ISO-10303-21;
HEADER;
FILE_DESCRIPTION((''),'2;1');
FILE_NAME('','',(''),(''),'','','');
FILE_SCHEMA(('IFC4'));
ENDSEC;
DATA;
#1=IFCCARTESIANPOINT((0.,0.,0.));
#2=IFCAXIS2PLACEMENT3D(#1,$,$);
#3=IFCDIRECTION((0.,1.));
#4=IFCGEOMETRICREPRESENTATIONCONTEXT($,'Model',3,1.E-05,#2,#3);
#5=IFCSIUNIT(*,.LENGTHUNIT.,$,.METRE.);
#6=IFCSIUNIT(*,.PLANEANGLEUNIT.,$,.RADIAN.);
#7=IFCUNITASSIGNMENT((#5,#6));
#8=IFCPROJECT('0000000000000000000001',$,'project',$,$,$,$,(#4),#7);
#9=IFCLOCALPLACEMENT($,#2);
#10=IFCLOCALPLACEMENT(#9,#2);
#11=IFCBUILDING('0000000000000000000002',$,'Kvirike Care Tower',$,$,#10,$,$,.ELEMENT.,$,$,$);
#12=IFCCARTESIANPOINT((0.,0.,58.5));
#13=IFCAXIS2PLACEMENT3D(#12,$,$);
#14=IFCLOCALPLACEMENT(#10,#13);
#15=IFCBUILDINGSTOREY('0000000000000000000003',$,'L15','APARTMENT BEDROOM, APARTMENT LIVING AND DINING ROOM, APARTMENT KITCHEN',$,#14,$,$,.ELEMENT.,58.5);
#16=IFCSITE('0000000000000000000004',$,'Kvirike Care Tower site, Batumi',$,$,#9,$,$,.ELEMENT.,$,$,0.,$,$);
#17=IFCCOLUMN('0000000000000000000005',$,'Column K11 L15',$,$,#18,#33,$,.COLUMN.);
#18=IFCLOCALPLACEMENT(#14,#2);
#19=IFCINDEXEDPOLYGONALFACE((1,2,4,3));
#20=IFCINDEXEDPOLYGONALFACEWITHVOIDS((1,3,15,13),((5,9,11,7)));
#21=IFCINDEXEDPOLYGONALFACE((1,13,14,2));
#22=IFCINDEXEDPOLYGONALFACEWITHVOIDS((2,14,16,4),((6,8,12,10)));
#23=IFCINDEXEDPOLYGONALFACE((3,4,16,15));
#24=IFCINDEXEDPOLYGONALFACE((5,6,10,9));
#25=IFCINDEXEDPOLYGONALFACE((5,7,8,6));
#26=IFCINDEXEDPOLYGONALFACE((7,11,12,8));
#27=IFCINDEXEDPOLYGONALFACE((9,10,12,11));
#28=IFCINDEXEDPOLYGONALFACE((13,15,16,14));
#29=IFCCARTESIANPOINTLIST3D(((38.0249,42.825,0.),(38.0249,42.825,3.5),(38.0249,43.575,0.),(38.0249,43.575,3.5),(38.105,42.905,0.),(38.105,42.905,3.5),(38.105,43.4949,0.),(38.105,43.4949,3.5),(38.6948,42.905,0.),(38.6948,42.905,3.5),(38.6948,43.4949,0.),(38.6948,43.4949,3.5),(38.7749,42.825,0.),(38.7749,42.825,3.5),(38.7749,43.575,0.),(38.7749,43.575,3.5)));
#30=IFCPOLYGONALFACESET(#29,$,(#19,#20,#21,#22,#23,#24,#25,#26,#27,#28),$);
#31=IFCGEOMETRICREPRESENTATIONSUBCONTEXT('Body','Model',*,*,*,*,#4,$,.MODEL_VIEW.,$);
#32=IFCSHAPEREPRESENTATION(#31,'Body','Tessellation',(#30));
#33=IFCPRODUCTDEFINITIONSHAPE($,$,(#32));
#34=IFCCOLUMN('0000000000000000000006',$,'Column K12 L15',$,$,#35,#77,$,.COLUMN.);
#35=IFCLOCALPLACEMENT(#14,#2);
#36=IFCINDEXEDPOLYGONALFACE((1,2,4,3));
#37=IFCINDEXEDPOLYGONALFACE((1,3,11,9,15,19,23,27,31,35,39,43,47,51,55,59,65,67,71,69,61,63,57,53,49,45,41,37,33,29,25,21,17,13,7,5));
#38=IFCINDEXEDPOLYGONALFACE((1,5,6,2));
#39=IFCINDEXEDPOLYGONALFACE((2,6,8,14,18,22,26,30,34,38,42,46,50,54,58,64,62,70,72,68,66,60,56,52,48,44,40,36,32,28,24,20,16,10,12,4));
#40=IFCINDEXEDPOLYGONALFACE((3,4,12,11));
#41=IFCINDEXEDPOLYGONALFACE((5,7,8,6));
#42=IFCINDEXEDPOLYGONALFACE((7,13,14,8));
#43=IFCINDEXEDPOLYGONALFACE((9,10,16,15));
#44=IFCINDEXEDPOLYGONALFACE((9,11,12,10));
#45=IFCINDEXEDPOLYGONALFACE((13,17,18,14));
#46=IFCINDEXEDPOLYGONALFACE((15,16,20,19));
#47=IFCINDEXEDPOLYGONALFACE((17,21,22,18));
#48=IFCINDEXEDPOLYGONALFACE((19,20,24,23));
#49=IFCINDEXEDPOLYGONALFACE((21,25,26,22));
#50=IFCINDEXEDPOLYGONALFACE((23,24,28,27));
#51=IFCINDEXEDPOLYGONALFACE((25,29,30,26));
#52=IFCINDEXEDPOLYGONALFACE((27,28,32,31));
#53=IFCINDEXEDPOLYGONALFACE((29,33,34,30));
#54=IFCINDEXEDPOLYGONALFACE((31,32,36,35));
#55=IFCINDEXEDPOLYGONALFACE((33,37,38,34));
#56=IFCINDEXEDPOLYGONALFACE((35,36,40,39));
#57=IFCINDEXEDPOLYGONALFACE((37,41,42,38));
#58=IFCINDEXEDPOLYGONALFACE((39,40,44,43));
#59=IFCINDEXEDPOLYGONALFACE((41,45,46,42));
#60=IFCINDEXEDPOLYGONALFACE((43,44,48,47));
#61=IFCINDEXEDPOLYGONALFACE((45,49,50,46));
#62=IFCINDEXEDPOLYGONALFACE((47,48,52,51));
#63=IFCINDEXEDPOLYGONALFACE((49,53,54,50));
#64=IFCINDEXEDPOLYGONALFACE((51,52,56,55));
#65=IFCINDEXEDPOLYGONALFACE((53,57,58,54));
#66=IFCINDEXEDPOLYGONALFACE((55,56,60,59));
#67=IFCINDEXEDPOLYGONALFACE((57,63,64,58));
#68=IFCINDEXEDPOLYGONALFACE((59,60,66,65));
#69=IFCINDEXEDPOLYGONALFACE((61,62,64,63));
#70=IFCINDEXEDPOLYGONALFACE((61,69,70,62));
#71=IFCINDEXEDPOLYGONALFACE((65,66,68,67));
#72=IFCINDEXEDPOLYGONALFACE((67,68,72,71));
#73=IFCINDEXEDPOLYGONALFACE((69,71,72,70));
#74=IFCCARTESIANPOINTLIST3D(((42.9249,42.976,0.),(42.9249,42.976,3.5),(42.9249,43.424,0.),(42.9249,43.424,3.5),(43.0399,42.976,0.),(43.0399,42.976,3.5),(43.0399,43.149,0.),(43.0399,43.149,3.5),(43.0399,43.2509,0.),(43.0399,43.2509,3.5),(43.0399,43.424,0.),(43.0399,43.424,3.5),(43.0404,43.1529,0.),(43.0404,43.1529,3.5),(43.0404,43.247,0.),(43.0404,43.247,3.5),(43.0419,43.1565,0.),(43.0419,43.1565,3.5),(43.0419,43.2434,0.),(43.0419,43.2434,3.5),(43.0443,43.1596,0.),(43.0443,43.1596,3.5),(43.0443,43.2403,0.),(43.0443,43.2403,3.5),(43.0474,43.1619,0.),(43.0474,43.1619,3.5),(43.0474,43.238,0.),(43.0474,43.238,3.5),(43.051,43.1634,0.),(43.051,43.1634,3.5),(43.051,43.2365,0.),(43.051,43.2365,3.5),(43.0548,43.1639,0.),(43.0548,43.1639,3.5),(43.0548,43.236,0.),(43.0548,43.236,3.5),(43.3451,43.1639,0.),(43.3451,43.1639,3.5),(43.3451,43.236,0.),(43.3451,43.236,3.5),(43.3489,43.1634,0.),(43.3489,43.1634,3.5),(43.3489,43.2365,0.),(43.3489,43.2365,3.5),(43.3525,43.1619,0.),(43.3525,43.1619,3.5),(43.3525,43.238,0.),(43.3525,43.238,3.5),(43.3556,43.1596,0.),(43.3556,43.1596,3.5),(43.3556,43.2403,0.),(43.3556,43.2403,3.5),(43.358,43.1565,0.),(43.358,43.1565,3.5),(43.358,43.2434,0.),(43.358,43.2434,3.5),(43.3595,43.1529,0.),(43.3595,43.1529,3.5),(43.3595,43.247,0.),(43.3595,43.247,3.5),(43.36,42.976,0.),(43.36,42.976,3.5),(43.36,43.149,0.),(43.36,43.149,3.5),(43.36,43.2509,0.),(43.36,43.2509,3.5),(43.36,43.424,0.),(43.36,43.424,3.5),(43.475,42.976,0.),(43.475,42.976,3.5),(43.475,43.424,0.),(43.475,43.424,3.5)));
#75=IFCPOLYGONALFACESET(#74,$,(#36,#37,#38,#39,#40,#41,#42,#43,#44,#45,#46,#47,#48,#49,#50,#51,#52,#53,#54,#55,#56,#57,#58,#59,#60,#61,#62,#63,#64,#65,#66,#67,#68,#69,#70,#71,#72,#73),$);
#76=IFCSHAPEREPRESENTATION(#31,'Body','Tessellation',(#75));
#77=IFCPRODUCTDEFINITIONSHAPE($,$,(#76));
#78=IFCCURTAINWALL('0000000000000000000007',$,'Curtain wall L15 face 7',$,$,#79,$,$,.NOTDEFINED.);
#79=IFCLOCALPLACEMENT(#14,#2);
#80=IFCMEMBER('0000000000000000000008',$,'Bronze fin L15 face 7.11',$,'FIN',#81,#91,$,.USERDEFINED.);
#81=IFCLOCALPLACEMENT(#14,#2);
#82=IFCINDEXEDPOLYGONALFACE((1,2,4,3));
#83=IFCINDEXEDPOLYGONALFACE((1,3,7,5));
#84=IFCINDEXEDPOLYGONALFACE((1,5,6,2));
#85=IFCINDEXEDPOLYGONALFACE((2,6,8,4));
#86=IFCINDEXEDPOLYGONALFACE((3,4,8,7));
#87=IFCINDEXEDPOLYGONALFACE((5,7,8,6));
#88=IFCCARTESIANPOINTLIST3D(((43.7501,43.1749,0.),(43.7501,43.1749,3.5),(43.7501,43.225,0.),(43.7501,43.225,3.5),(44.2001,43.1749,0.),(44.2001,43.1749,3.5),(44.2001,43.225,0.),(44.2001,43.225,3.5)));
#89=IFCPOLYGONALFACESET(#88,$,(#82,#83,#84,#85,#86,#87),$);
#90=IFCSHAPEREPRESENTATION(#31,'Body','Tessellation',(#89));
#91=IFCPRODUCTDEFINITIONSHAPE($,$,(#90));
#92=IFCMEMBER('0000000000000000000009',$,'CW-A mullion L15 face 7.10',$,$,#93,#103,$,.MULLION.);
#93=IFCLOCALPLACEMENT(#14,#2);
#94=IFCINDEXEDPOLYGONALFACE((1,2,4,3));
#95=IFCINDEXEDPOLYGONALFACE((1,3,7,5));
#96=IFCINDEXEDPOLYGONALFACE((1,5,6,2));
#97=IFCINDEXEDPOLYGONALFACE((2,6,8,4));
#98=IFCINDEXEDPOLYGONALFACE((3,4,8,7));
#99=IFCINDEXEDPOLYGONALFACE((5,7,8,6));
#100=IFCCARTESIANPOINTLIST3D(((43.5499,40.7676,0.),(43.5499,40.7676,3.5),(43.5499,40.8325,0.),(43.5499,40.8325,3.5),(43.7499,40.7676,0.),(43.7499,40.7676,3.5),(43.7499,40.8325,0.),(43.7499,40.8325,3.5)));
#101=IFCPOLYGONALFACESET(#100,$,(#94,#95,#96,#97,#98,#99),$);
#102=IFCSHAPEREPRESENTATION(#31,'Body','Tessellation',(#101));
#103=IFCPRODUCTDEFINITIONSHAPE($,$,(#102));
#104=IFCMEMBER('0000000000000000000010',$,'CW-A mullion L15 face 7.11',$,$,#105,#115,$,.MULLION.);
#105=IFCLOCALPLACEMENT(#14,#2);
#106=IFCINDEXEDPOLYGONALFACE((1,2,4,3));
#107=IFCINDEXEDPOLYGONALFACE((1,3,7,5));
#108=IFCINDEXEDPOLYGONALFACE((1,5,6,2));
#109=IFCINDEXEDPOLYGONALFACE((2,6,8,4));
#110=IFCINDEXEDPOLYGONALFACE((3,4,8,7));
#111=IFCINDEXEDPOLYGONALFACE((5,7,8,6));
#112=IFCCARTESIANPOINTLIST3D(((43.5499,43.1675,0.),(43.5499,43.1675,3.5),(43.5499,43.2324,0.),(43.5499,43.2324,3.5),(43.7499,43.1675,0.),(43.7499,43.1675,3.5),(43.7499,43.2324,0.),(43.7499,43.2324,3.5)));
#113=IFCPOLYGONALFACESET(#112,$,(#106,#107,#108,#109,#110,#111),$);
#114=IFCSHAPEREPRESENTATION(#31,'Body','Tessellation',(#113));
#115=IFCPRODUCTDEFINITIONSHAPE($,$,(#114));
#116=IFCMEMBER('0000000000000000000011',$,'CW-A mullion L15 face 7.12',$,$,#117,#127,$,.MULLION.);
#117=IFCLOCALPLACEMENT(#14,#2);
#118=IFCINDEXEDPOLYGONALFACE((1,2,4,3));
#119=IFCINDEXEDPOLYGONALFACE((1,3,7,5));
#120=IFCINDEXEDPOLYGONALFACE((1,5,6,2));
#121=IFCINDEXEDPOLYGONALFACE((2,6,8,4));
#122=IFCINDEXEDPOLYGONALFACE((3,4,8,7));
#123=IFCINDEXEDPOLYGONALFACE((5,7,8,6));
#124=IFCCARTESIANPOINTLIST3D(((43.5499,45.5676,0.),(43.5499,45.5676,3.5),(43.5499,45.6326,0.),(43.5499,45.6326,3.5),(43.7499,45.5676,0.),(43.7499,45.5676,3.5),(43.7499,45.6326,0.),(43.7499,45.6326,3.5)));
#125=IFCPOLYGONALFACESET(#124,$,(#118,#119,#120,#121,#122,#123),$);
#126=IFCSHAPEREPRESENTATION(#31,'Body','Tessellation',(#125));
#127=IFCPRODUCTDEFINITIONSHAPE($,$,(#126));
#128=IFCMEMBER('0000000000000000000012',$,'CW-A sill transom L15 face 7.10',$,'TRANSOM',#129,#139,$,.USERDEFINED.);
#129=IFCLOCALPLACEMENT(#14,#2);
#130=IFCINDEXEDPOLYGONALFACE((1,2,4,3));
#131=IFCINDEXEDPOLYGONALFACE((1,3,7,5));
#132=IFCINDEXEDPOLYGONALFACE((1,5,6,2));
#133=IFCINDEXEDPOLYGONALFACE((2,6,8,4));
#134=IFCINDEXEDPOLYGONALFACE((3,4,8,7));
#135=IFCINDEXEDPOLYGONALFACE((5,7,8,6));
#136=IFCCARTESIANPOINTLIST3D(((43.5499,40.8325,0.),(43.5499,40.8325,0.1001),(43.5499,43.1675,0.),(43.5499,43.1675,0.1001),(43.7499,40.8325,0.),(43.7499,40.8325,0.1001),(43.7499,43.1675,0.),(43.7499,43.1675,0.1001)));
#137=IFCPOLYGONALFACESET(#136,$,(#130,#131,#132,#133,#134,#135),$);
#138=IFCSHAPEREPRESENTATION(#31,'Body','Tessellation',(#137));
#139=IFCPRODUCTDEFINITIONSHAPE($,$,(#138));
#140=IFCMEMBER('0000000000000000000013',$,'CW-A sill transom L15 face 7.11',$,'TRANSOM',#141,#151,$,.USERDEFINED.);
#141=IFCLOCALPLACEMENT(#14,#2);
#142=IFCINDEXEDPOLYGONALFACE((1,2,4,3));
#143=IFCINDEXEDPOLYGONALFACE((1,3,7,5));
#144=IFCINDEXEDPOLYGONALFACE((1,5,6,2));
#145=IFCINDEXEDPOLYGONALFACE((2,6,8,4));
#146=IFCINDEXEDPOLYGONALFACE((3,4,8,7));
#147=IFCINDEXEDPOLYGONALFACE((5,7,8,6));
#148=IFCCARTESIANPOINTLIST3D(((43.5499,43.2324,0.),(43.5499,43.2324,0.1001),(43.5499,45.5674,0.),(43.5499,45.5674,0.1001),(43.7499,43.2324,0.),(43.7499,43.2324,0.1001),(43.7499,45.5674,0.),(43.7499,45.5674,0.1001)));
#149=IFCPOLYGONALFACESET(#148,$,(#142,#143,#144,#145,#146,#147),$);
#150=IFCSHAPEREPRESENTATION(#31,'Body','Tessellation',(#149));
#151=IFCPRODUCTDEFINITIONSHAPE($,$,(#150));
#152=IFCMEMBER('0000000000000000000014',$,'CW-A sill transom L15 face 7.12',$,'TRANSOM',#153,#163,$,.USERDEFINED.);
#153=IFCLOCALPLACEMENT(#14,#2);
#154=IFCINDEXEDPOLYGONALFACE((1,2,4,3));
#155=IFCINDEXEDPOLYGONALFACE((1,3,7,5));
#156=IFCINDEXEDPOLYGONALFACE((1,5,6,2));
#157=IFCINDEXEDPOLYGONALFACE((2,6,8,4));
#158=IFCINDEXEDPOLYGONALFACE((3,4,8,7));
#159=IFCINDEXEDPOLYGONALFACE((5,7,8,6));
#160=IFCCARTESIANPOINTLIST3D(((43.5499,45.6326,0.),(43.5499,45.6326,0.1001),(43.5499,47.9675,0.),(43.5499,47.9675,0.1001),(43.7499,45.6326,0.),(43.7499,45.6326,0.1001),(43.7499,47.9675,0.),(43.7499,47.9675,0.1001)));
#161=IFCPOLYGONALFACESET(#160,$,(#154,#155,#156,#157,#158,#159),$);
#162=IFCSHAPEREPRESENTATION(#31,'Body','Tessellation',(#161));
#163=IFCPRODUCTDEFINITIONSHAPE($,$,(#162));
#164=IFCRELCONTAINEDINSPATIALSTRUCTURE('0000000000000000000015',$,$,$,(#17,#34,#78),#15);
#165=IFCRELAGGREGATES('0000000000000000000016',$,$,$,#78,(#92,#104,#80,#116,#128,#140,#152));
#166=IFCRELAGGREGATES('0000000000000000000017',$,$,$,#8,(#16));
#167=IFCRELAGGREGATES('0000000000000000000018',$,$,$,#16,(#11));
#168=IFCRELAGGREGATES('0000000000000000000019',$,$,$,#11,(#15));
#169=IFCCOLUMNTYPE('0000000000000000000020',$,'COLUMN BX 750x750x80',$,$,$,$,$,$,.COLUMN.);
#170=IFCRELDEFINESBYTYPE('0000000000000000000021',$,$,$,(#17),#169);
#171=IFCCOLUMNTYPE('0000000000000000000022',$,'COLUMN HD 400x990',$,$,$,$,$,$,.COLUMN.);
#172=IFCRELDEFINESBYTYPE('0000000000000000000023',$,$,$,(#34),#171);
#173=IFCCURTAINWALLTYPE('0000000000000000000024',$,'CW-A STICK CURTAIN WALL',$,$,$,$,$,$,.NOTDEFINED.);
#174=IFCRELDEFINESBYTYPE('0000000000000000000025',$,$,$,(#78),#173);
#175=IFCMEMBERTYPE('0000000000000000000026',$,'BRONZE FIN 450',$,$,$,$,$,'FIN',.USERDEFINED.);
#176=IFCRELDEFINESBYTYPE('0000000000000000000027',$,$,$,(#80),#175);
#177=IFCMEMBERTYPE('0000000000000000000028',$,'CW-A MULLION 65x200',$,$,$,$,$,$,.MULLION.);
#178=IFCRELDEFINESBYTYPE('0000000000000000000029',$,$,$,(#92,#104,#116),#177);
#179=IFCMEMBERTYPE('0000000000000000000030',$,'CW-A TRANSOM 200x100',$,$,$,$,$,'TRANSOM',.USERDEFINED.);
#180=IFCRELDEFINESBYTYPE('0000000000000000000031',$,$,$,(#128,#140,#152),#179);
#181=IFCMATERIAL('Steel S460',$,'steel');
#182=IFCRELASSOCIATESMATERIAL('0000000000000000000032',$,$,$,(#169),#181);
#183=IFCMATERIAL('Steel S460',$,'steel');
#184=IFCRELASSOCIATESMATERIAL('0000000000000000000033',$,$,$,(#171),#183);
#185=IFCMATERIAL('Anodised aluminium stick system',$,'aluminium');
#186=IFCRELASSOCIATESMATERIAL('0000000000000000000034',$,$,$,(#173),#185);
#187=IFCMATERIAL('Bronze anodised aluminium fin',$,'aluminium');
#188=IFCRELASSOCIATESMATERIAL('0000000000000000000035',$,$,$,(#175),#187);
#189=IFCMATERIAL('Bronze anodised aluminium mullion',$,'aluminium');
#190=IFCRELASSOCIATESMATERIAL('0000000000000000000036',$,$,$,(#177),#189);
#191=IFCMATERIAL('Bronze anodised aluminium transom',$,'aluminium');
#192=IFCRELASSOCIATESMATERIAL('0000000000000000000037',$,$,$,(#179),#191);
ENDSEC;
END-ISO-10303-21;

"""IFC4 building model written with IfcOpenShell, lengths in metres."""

from ifc_helpers import new_model, si_unit, direction, frame, origin, origin_2d, place, context, subcontext, project, spatial, rectangle, hollow_rectangle, i_section, extrude, material, material_profile, profile_set, type_object, element, aggregate, save


model = new_model("IFC4")

# Units and contexts
model_context = context("Model", 3, precision=1e-05, world=origin(), true_north=direction((0.0, 1.0)))
body_context = subcontext(model_context, "Body", "Model", "MODEL_VIEW")
ifc_project = project(units=[si_unit("LENGTHUNIT", "METRE"), si_unit("PLANEANGLEUNIT", "RADIAN")], contexts=[model_context])

# Site, building, storey
site_placement = place(None, origin())
site = spatial("IfcSite", under=ifc_project, at=site_placement, Name="Kvirike Care Tower site, Batumi", CompositionType="ELEMENT", RefElevation=0.0)
building_placement = place(site_placement, origin())
building = spatial("IfcBuilding", under=site, at=building_placement, Name="Kvirike Care Tower", CompositionType="ELEMENT")
storey_placement = place(building_placement, frame((0.0, 0.0, 58.5)))
storey = spatial("IfcBuildingStorey", under=building, at=storey_placement, Name="L15", Description="APARTMENT BEDROOM, APARTMENT LIVING AND DINING ROOM, APARTMENT KITCHEN", CompositionType="ELEMENT", Elevation=58.5)

# Columns
ifc_material_1 = material(Name="Steel S460", Category="steel")
ifc_material_profile_1 = material_profile(ifc_material_1, hollow_rectangle(XDim=0.75, YDim=0.75, WallThickness=0.0801, at=origin_2d()), Name="BX 750x750x80")
ifc_profile_set_1 = profile_set([ifc_material_profile_1], Name="Steel S460")
column_type_1 = type_object("IfcColumnType", Name="COLUMN BX 750x750x80", PredefinedType="COLUMN", material=ifc_profile_set_1)
column_1_placement = place(storey_placement, frame((38.3999, 43.2, 0.0), z_axis=(0.0, 0.0, 1.0), x_axis=(0.0, 1.0, 0.0)))
element("IfcColumn", 1, at=column_1_placement, inside=storey, type_object=column_type_1, Name="Column K11 L15", PredefinedType="COLUMN", context=body_context, shape_type="SweptSolid", body=[
    extrude(hollow_rectangle(XDim=0.75, YDim=0.75, WallThickness=0.0801, at=origin_2d()), origin(), (0.0, 0.0, 1.0), 3.5),
])
ifc_material_2 = material(Name="Steel S460", Category="steel")
ifc_material_profile_2 = material_profile(ifc_material_2, i_section(OverallWidth=0.448, OverallDepth=0.55, WebThickness=0.072, FlangeThickness=0.115, FilletRadius=0.0149, at=origin_2d()), Name="HD 400x990")
ifc_profile_set_2 = profile_set([ifc_material_profile_2], Name="Steel S460")
column_type_2 = type_object("IfcColumnType", Name="COLUMN HD 400x990", PredefinedType="COLUMN", material=ifc_profile_set_2)
column_2_placement = place(storey_placement, frame((43.2, 43.2, 0.0), z_axis=(0.0, 0.0, 1.0), x_axis=(0.0, 1.0, 0.0)))
element("IfcColumn", 2, at=column_2_placement, inside=storey, type_object=column_type_2, Name="Column K12 L15", PredefinedType="COLUMN", context=body_context, shape_type="SweptSolid", body=[
    extrude(i_section(OverallWidth=0.448, OverallDepth=0.55, WebThickness=0.072, FlangeThickness=0.115, FilletRadius=0.0149, at=origin_2d()), origin(), (0.0, 0.0, 1.0), 3.5),
])

# Curtain wall, members
ifc_material_3 = material(Name="Anodised aluminium stick system", Category="aluminium")
curtain_wall_type = type_object("IfcCurtainWallType", Name="CW-A STICK CURTAIN WALL", PredefinedType="NOTDEFINED", material=ifc_material_3)
curtain_wall_placement = place(storey_placement, origin())
curtain_wall = element("IfcCurtainWall", 3, at=curtain_wall_placement, inside=storey, type_object=curtain_wall_type, Name="Curtain wall L15 face 7", PredefinedType="NOTDEFINED")
ifc_material_4 = material(Name="Bronze anodised aluminium fin", Category="aluminium")
ifc_material_profile_3 = material_profile(ifc_material_4, rectangle(XDim=0.05, YDim=0.45, at=origin_2d()), Name="BRONZE FIN 450")
ifc_profile_set_3 = profile_set([ifc_material_profile_3], Name="Bronze anodised aluminium fin")
member_type_1 = type_object("IfcMemberType", Name="BRONZE FIN 450", ElementType="FIN", PredefinedType="USERDEFINED", material=ifc_profile_set_3)
member_1_placement = place(storey_placement, frame((43.9751, 43.2, 0.0), z_axis=(0.0, 0.0, 1.0), x_axis=(0.0, 1.0, 0.0)))
member_1 = element("IfcMember", 4, at=member_1_placement, type_object=member_type_1, Name="Bronze fin L15 face 7.11", ObjectType="FIN", PredefinedType="USERDEFINED", context=body_context, shape_type="SweptSolid", body=[
    extrude(rectangle(XDim=0.05, YDim=0.45, at=origin_2d()), origin(), (0.0, 0.0, 1.0), 3.5),
])
ifc_material_5 = material(Name="Bronze anodised aluminium mullion", Category="aluminium")
ifc_material_profile_4 = material_profile(ifc_material_5, rectangle(XDim=0.0649, YDim=0.2, at=origin_2d()), Name="CW-A MULLION 65x200")
ifc_profile_set_4 = profile_set([ifc_material_profile_4], Name="Bronze anodised aluminium mullion")
member_type_2 = type_object("IfcMemberType", Name="CW-A MULLION 65x200", PredefinedType="MULLION", material=ifc_profile_set_4)
member_2_placement = place(storey_placement, frame((43.6499, 40.8, 0.0), z_axis=(0.0, 0.0, 1.0), x_axis=(0.0, 1.0, 0.0)))
member_2 = element("IfcMember", 5, at=member_2_placement, type_object=member_type_2, Name="CW-A mullion L15 face 7.10", PredefinedType="MULLION", context=body_context, shape_type="SweptSolid", body=[
    extrude(rectangle(XDim=0.0649, YDim=0.2, at=origin_2d()), origin(), (0.0, 0.0, 1.0), 3.5),
])
member_3_placement = place(storey_placement, frame((43.6499, 43.2, 0.0), z_axis=(0.0, 0.0, 1.0), x_axis=(0.0, 1.0, 0.0)))
member_3 = element("IfcMember", 6, at=member_3_placement, type_object=member_type_2, Name="CW-A mullion L15 face 7.11", PredefinedType="MULLION", context=body_context, shape_type="SweptSolid", body=[
    extrude(rectangle(XDim=0.0649, YDim=0.2, at=origin_2d()), origin(), (0.0, 0.0, 1.0), 3.5),
])
member_4_placement = place(storey_placement, frame((43.6499, 45.6001, 0.0), z_axis=(0.0, 0.0, 1.0), x_axis=(0.0, 1.0, 0.0)))
member_4 = element("IfcMember", 7, at=member_4_placement, type_object=member_type_2, Name="CW-A mullion L15 face 7.12", PredefinedType="MULLION", context=body_context, shape_type="SweptSolid", body=[
    extrude(rectangle(XDim=0.0649, YDim=0.2, at=origin_2d()), origin(), (0.0, 0.0, 1.0), 3.5),
])
ifc_material_6 = material(Name="Bronze anodised aluminium transom", Category="aluminium")
ifc_material_profile_5 = material_profile(ifc_material_6, rectangle(XDim=0.2, YDim=0.1001, at=origin_2d()), Name="CW-A TRANSOM 200x100")
ifc_profile_set_5 = profile_set([ifc_material_profile_5], Name="Bronze anodised aluminium transom")
member_type_3 = type_object("IfcMemberType", Name="CW-A TRANSOM 200x100", ElementType="TRANSOM", PredefinedType="USERDEFINED", material=ifc_profile_set_5)
member_5_placement = place(storey_placement, frame((43.6499, 40.8325, 0.05), z_axis=(0.0, 1.0, 0.0), x_axis=(-1.0, 0.0, 0.0)))
member_5 = element("IfcMember", 8, at=member_5_placement, type_object=member_type_3, Name="CW-A sill transom L15 face 7.10", ObjectType="TRANSOM", PredefinedType="USERDEFINED", context=body_context, shape_type="SweptSolid", body=[
    extrude(rectangle(XDim=0.2, YDim=0.1001, at=origin_2d()), origin(), (0.0, 0.0, 1.0), 2.335),
])
member_6_placement = place(storey_placement, frame((43.6499, 43.2324, 0.05), z_axis=(0.0, 1.0, 0.0), x_axis=(-1.0, 0.0, 0.0)))
member_6 = element("IfcMember", 9, at=member_6_placement, type_object=member_type_3, Name="CW-A sill transom L15 face 7.11", ObjectType="TRANSOM", PredefinedType="USERDEFINED", context=body_context, shape_type="SweptSolid", body=[
    extrude(rectangle(XDim=0.2, YDim=0.1001, at=origin_2d()), origin(), (0.0, 0.0, 1.0), 2.335),
])
member_7_placement = place(storey_placement, frame((43.6499, 45.6326, 0.05), z_axis=(0.0, 1.0, 0.0), x_axis=(-1.0, 0.0, 0.0)))
member_7 = element("IfcMember", 10, at=member_7_placement, type_object=member_type_3, Name="CW-A sill transom L15 face 7.12", ObjectType="TRANSOM", PredefinedType="USERDEFINED", context=body_context, shape_type="SweptSolid", body=[
    extrude(rectangle(XDim=0.2, YDim=0.1001, at=origin_2d()), origin(), (0.0, 0.0, 1.0), 2.335),
])

aggregate(curtain_wall, [member_2, member_3, member_1, member_4, member_5, member_6, member_7])

save(model, "model.ifc")
